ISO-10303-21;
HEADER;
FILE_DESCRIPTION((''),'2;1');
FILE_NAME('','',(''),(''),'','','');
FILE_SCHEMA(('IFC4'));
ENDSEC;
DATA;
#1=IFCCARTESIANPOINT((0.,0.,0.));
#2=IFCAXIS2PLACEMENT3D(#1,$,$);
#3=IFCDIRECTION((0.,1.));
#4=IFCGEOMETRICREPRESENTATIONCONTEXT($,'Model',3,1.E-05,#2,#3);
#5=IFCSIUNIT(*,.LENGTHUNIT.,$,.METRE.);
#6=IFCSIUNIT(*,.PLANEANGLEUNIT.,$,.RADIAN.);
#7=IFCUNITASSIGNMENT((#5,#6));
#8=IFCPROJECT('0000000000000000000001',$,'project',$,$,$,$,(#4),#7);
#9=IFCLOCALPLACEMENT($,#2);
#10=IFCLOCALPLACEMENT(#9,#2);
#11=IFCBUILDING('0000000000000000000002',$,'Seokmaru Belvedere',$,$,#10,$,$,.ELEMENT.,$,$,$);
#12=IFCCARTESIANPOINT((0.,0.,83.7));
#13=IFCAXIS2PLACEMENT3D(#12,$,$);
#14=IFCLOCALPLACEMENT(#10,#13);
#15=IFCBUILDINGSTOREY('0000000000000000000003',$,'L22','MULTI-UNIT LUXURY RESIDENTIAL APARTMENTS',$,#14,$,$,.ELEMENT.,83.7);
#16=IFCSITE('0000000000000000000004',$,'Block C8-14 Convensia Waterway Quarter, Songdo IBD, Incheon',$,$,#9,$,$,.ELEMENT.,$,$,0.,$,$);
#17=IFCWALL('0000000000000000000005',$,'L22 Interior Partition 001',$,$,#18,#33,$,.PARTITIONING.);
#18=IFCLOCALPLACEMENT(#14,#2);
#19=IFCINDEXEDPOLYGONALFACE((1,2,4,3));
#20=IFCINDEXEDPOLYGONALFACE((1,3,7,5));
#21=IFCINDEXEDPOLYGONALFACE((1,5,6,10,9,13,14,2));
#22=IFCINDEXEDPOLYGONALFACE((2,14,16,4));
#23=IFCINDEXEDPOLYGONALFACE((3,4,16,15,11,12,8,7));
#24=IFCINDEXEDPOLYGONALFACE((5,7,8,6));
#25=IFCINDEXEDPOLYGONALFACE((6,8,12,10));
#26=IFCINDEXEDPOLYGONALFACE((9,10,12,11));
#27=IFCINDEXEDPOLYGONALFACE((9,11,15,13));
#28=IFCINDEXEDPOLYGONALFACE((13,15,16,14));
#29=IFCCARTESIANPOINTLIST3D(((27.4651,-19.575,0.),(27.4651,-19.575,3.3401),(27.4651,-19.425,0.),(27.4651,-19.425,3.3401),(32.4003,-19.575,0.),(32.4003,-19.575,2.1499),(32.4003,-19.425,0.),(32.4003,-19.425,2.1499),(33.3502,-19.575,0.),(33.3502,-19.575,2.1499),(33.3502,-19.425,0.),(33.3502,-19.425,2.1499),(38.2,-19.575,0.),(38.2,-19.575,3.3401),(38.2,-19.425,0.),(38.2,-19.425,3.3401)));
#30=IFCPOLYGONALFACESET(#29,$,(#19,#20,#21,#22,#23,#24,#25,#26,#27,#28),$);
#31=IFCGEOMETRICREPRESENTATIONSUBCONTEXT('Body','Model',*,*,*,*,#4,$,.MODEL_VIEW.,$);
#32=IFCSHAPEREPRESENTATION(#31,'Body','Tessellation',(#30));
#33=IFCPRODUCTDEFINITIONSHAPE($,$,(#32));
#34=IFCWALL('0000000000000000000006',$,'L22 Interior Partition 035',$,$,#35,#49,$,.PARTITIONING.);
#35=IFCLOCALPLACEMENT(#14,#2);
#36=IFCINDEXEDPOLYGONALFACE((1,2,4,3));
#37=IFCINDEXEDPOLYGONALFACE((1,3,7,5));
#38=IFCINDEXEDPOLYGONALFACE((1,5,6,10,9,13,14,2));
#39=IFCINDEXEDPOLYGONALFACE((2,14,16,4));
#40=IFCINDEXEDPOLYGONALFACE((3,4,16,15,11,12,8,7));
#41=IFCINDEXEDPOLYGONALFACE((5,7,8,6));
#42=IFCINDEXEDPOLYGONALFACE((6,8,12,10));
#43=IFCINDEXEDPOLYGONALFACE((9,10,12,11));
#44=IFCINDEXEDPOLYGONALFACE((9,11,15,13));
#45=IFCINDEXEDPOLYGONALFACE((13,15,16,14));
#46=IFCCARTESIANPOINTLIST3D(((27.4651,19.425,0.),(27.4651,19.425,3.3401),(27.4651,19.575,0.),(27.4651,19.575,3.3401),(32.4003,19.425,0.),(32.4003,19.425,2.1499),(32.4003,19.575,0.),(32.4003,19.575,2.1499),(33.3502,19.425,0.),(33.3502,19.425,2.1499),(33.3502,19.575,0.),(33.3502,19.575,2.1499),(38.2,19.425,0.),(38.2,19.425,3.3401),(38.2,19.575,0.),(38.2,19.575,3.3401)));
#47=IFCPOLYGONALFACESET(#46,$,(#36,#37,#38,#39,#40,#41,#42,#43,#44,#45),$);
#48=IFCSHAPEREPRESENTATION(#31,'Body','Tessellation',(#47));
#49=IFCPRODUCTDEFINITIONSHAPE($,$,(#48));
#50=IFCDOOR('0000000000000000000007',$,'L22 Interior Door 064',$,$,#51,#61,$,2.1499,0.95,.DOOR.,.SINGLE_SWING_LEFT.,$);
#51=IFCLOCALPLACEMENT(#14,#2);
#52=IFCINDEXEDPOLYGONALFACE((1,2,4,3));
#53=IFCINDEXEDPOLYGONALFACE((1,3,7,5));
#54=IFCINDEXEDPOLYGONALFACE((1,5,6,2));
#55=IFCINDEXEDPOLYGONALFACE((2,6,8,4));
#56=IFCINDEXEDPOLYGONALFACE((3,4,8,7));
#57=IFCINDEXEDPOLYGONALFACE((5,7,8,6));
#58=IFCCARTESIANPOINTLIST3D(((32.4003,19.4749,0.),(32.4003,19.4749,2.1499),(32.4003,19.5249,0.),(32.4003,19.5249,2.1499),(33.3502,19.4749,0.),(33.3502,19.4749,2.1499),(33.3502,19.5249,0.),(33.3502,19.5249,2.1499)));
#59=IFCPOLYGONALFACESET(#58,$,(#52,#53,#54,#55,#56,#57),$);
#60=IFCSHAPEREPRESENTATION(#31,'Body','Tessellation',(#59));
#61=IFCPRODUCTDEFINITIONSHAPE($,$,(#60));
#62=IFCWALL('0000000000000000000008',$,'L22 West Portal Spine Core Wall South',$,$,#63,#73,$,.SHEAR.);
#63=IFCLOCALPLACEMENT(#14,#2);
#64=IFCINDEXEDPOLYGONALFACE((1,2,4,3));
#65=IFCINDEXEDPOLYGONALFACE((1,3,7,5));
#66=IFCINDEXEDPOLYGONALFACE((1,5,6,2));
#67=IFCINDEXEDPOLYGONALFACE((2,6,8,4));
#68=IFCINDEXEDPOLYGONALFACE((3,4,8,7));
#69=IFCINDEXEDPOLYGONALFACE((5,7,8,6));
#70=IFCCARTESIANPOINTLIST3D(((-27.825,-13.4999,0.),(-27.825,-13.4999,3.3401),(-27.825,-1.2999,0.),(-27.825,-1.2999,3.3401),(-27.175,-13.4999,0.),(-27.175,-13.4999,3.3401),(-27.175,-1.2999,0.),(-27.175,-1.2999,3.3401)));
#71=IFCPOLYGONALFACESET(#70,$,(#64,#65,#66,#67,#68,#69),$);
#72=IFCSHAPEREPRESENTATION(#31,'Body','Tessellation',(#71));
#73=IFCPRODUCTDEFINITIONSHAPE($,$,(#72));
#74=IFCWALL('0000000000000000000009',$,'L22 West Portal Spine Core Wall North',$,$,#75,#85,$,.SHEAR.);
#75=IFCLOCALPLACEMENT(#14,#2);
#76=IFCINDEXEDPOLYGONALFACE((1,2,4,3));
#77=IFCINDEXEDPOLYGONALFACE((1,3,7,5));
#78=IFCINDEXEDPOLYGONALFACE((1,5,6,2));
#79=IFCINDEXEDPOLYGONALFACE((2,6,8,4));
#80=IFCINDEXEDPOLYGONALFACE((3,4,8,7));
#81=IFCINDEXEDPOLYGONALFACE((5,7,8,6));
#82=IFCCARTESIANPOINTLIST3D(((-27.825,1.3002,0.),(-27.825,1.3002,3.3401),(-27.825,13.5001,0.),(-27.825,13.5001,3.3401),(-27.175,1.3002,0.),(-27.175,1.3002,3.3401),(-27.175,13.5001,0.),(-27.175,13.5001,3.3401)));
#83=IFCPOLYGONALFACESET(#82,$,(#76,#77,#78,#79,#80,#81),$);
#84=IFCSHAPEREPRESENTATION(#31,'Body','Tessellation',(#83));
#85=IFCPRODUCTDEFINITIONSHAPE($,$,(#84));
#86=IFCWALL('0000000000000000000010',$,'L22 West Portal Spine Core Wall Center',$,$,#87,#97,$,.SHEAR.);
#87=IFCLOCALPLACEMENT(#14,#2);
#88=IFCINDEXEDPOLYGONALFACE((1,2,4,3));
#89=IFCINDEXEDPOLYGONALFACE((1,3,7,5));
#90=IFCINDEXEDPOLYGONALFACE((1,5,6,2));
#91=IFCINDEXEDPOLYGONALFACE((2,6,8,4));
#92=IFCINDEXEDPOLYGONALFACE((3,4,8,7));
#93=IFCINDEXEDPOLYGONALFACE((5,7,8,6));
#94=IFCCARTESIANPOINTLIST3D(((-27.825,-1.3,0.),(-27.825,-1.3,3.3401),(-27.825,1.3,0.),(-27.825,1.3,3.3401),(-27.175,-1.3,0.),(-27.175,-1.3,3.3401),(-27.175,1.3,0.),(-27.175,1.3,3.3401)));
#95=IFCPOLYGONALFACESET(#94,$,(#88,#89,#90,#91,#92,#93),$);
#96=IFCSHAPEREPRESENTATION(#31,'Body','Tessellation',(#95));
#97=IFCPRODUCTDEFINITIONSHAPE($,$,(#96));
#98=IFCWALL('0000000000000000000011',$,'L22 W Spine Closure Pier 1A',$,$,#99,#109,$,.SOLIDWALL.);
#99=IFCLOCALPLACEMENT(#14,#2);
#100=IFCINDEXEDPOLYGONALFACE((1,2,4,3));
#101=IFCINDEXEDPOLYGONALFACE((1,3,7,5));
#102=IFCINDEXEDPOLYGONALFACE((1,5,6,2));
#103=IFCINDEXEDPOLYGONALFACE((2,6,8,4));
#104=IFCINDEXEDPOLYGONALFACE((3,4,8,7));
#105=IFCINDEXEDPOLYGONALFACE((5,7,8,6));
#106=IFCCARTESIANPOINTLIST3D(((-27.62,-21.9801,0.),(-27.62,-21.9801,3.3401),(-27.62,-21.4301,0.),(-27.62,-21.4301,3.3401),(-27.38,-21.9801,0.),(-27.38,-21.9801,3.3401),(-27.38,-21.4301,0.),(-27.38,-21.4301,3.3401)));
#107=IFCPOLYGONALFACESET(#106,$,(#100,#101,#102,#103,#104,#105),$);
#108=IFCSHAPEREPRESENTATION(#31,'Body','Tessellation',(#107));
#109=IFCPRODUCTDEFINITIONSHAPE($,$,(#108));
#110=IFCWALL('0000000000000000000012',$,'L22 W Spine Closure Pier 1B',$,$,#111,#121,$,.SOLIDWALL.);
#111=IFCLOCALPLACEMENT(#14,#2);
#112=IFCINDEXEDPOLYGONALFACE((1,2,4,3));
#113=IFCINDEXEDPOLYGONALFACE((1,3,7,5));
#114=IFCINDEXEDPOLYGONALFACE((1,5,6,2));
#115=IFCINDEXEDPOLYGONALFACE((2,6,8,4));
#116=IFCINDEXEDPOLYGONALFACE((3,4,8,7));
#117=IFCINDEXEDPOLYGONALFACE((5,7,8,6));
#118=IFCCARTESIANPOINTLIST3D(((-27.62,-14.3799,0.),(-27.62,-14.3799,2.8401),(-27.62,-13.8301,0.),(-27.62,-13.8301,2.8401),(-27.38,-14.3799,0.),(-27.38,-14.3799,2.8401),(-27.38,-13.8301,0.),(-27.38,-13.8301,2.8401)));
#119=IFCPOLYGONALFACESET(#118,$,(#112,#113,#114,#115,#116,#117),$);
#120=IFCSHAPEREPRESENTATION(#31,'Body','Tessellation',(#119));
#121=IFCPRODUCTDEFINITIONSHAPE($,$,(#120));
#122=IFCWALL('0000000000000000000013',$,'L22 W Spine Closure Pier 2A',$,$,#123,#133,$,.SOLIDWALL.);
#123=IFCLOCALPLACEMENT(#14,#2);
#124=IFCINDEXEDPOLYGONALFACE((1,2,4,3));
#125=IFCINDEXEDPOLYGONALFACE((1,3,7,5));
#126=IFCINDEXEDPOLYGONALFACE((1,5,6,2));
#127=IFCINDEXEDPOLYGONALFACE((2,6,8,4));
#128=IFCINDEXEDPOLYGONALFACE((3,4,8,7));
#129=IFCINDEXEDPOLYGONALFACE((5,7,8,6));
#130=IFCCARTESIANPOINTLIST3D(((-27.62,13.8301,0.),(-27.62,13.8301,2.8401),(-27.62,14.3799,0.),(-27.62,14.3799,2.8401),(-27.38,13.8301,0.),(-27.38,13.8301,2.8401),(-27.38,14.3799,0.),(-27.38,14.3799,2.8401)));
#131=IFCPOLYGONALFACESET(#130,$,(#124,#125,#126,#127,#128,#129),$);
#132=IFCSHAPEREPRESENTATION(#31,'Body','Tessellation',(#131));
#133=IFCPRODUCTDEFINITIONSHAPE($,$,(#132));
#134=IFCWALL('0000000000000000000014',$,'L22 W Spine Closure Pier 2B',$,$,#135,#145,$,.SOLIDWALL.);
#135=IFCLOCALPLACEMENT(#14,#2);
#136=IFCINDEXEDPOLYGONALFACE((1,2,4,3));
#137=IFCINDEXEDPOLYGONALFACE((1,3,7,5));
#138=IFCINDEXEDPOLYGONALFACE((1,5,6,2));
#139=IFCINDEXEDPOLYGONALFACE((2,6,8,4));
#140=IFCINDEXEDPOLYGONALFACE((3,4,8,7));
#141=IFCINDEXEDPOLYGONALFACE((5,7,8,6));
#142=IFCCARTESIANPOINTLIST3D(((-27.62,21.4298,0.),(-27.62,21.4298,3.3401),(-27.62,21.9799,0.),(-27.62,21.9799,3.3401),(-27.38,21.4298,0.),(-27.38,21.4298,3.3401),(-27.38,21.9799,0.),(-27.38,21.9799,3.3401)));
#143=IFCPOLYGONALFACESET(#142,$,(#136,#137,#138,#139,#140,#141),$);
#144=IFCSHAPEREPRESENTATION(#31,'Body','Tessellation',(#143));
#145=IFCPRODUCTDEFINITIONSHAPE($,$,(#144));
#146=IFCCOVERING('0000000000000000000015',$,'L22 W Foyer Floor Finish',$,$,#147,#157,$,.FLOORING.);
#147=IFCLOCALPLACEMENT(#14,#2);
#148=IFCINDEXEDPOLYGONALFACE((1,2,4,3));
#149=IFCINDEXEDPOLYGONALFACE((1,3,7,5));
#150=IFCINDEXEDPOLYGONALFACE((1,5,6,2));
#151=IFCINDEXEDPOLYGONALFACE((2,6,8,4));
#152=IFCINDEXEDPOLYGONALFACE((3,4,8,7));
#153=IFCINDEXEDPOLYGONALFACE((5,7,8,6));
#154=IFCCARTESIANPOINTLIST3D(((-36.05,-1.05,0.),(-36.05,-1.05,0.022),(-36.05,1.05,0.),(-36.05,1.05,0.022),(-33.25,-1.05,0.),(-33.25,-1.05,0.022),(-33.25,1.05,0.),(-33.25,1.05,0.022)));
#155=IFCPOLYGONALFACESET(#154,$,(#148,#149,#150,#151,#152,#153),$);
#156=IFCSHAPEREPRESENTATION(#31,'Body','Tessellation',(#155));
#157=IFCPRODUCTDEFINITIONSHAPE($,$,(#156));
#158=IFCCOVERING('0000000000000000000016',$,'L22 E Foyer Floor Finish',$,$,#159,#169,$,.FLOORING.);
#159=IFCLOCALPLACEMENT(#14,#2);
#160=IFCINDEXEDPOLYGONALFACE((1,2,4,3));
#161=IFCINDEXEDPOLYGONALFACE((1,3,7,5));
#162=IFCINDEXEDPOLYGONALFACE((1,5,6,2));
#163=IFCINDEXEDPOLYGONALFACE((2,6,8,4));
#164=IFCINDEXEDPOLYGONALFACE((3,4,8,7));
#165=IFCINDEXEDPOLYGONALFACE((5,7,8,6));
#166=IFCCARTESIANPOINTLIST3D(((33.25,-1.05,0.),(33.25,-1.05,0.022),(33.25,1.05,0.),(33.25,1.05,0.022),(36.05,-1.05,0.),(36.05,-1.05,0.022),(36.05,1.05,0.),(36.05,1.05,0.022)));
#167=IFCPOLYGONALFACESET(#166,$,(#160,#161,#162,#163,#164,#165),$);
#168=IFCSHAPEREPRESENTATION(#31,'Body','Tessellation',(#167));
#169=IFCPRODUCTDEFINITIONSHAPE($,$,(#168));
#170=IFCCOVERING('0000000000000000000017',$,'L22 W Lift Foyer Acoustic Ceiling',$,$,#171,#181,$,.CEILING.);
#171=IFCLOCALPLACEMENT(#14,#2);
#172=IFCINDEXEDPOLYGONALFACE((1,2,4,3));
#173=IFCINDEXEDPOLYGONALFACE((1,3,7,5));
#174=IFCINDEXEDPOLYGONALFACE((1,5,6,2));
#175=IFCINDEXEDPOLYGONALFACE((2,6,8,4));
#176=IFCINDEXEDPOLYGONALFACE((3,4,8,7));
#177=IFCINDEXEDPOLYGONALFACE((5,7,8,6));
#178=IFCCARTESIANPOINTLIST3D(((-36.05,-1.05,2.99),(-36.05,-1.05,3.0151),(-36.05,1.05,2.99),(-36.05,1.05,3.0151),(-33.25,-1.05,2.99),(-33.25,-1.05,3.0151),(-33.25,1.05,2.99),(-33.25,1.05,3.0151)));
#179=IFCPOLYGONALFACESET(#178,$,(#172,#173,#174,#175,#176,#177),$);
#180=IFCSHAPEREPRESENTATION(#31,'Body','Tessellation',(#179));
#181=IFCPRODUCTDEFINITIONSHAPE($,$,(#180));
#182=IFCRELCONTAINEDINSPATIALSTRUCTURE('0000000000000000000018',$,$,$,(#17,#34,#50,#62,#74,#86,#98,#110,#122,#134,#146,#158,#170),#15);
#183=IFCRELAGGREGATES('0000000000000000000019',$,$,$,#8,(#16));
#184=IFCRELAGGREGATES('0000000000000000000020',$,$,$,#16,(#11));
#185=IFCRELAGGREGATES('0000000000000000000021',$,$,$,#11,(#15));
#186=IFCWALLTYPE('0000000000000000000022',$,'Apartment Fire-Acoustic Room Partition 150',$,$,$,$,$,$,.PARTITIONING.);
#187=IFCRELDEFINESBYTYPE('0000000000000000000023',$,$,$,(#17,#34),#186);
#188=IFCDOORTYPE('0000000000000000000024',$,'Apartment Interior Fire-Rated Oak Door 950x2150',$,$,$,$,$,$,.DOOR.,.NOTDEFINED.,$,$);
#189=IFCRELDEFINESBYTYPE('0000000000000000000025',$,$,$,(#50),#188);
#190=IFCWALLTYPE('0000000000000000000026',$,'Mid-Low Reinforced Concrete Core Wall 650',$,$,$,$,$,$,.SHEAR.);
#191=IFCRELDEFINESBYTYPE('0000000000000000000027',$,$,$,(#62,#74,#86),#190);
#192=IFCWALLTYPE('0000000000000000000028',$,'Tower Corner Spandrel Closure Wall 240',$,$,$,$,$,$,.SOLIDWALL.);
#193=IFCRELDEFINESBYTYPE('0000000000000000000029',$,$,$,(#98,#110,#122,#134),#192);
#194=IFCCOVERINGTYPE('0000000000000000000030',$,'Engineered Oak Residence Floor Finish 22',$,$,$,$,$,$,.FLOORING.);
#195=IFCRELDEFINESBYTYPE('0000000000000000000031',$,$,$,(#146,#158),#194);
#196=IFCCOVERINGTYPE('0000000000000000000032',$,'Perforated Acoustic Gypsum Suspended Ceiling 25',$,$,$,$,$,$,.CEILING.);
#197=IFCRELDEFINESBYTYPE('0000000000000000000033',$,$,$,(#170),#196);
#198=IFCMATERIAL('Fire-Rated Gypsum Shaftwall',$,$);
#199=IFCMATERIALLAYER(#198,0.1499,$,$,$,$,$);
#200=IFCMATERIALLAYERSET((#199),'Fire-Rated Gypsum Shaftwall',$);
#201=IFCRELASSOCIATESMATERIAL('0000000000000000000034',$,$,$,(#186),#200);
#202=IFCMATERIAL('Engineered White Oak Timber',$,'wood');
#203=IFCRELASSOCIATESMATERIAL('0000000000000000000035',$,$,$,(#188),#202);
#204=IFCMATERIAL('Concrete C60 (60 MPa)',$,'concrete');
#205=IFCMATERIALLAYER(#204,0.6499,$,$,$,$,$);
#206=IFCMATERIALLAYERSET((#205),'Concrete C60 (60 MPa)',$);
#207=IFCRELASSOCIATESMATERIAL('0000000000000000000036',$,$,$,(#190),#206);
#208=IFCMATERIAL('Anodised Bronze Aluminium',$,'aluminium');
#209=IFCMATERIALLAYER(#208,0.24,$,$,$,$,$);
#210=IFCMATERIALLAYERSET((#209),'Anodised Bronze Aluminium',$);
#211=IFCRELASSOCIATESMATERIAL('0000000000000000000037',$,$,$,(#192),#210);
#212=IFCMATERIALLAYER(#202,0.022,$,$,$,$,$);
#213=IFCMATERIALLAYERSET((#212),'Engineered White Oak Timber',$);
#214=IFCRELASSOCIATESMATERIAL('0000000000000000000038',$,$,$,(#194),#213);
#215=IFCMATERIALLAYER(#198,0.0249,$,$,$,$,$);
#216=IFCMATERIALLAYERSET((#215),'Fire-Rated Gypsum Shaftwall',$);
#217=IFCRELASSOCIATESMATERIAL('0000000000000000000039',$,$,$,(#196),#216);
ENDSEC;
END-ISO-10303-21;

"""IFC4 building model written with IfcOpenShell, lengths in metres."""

from ifc_helpers import new_model, si_unit, direction, frame, frame_2d, origin, place, context, subcontext, project, spatial, polyline, rectangle, outline, extrude, source, transform, mapped, material, layer, layer_set, type_object, type_shapes, element, fill, save


model = new_model("IFC4")

# Units and contexts
model_context = context("Model", 3, precision=1e-05, world=origin(), true_north=direction((0.0, 1.0)))
body_context = subcontext(model_context, "Body", "Model", "MODEL_VIEW")
ifc_project = project(units=[si_unit("LENGTHUNIT", "METRE"), si_unit("PLANEANGLEUNIT", "RADIAN")], contexts=[model_context])

# Site, building, storey
site_placement = place(None, origin())
site = spatial("IfcSite", under=ifc_project, at=site_placement, Name="Block C8-14 Convensia Waterway Quarter, Songdo IBD, Incheon", CompositionType="ELEMENT", RefElevation=0.0)
building_placement = place(site_placement, origin())
building = spatial("IfcBuilding", under=site, at=building_placement, Name="Seokmaru Belvedere", CompositionType="ELEMENT")
storey_placement = place(building_placement, frame((0.0, 0.0, 83.7)))
storey = spatial("IfcBuildingStorey", under=building, at=storey_placement, Name="L22", Description="MULTI-UNIT LUXURY RESIDENTIAL APARTMENTS", CompositionType="ELEMENT", Elevation=83.7)

# Shared definitions
ifc_material_1 = material(Name="Anodised Bronze Aluminium", Category="aluminium")

# Wall, opening
ifc_material_2 = material(Name="Fire-Rated Gypsum Shaftwall")
ifc_layer_1 = layer(ifc_material_2, 0.1499)
ifc_layer_set_1 = layer_set([ifc_layer_1], Name="Fire-Rated Gypsum Shaftwall")
wall_type_1 = type_object("IfcWallType", Name="Apartment Fire-Acoustic Room Partition 150", PredefinedType="PARTITIONING", material=ifc_layer_set_1)
wall_1_placement = place(storey_placement, frame((27.4651, -19.5, 0.0), z_axis=(0.0, 0.0, 1.0), x_axis=(1.0, 0.0, 0.0)))
wall_1 = element("IfcWall", 1, at=wall_1_placement, inside=storey, type_object=wall_type_1, Name="L22 Interior Partition 001", PredefinedType="PARTITIONING", context=body_context, shape_type="SweptSolid", body=[
    extrude(rectangle(XDim=10.7349, YDim=0.1499, at=frame_2d((5.3674, 0.0))), origin(), (0.0, 0.0, 1.0), 3.3401),
])
opening_1_placement = place(wall_1_placement, frame((4.9351, 0.0, 0.0)))
element("IfcOpeningElement", 2, at=opening_1_placement, cuts=wall_1, PredefinedType="OPENING", context=body_context, shape_type="SweptSolid", body=[
    extrude(rectangle(XDim=0.95, YDim=2.1499, at=frame_2d((0.4751, 1.075))), frame((0.0, 0.085, 0.0), z_axis=(0.0, -1.0, 0.0), x_axis=(1.0, 0.0, 0.0)), (0.0, 0.0, 1.0), 0.1699),
])

# Wall, opening, door
wall_2_placement = place(storey_placement, frame((27.4651, 19.5, 0.0), z_axis=(0.0, 0.0, 1.0), x_axis=(1.0, 0.0, 0.0)))
wall_2 = element("IfcWall", 3, at=wall_2_placement, inside=storey, type_object=wall_type_1, Name="L22 Interior Partition 035", PredefinedType="PARTITIONING", context=body_context, shape_type="SweptSolid", body=[
    extrude(rectangle(XDim=10.7349, YDim=0.1499, at=frame_2d((5.3674, 0.0))), origin(), (0.0, 0.0, 1.0), 3.3401),
])
opening_2_placement = place(wall_2_placement, frame((4.9351, 0.0, 0.0)))
opening_2 = element("IfcOpeningElement", 4, at=opening_2_placement, cuts=wall_2, PredefinedType="OPENING", context=body_context, shape_type="SweptSolid", body=[
    extrude(rectangle(XDim=0.95, YDim=2.1499, at=frame_2d((0.4751, 1.075))), frame((0.0, 0.085, 0.0), z_axis=(0.0, -1.0, 0.0), x_axis=(1.0, 0.0, 0.0)), (0.0, 0.0, 1.0), 0.1699),
])
ifc_material_3 = material(Name="Engineered White Oak Timber", Category="wood")
door_type = type_object("IfcDoorType", Name="Apartment Interior Fire-Rated Oak Door 950x2150", OperationType="NOTDEFINED", PredefinedType="DOOR", material=ifc_material_3)
shared_shape_1 = source(origin(), body_context, "Body", "SweptSolid", [
    extrude(rectangle(XDim=0.95, YDim=2.1499, at=frame_2d((0.4751, 1.075))), frame((0.0, 0.0249, 0.0), z_axis=(0.0, -1.0, 0.0), x_axis=(1.0, 0.0, 0.0)), (0.0, 0.0, 1.0), 0.05),
])
type_shapes(door_type, [shared_shape_1])
door_placement = place(opening_2_placement, origin())
door = element("IfcDoor", 5, at=door_placement, inside=storey, type_object=door_type, Name="L22 Interior Door 064", OperationType="SINGLE_SWING_LEFT", OverallHeight=2.1499, OverallWidth=0.95, PredefinedType="DOOR", context=body_context, shape_type="MappedRepresentation", body=[
    mapped(shared_shape_1, transform((0.0, 0.0, 0.0), scale=1.0)),
])
fill(opening_2, door)

# Walls
ifc_material_4 = material(Name="Concrete C60 (60 MPa)", Category="concrete")
ifc_layer_2 = layer(ifc_material_4, 0.6499)
ifc_layer_set_2 = layer_set([ifc_layer_2], Name="Concrete C60 (60 MPa)")
wall_type_2 = type_object("IfcWallType", Name="Mid-Low Reinforced Concrete Core Wall 650", PredefinedType="SHEAR", material=ifc_layer_set_2)
for number, where, z_axis, x_axis, name in (
    (6, (-27.5, -13.5, 0.0), (0.0, 0.0, 1.0), (0.0, 1.0, 0.0), "L22 West Portal Spine Core Wall South"),
    (7, (-27.5, 1.3, 0.0), (0.0, 0.0, 1.0), (0.0, 1.0, 0.0), "L22 West Portal Spine Core Wall North"),
):
    element("IfcWall", number, at=place(storey_placement, frame(where, z_axis=z_axis, x_axis=x_axis)), inside=storey, type_object=wall_type_2, Name=name, PredefinedType="SHEAR", context=body_context, shape_type="SweptSolid", body=[
        extrude(rectangle(XDim=12.2, YDim=0.6499, at=frame_2d((6.1001, 0.0))), origin(), (0.0, 0.0, 1.0), 3.3401),
    ])
wall_3_placement = place(storey_placement, frame((-27.5, -1.3, 0.0), z_axis=(0.0, 0.0, 1.0), x_axis=(0.0, 1.0, 0.0)))
element("IfcWall", 8, at=wall_3_placement, inside=storey, type_object=wall_type_2, Name="L22 West Portal Spine Core Wall Center", PredefinedType="SHEAR", context=body_context, shape_type="SweptSolid", body=[
    extrude(rectangle(XDim=2.6001, YDim=0.6499, at=frame_2d((1.3, 0.0))), origin(), (0.0, 0.0, 1.0), 3.3401),
])
ifc_layer_3 = layer(ifc_material_1, 0.24)
ifc_layer_set_3 = layer_set([ifc_layer_3], Name="Anodised Bronze Aluminium")
wall_type_3 = type_object("IfcWallType", Name="Tower Corner Spandrel Closure Wall 240", PredefinedType="SOLIDWALL", material=ifc_layer_set_3)
wall_4_placement = place(storey_placement, frame((-27.5, -21.98, 0.0), z_axis=(0.0, 0.0, 1.0), x_axis=(0.0, 1.0, 0.0)))
element("IfcWall", 9, at=wall_4_placement, inside=storey, type_object=wall_type_3, Name="L22 W Spine Closure Pier 1A", PredefinedType="SOLIDWALL", context=body_context, shape_type="SweptSolid", body=[
    extrude(rectangle(XDim=0.55, YDim=0.24, at=frame_2d((0.2749, 0.0))), origin(), (0.0, 0.0, 1.0), 3.3401),
])
for number, where, z_axis, x_axis, name in (
    (10, (-27.5, -14.3799, 0.0), (0.0, 0.0, 1.0), (0.0, 1.0, 0.0), "L22 W Spine Closure Pier 1B"),
    (11, (-27.5, 13.8301, 0.0), (0.0, 0.0, 1.0), (0.0, 1.0, 0.0), "L22 W Spine Closure Pier 2A"),
):
    element("IfcWall", number, at=place(storey_placement, frame(where, z_axis=z_axis, x_axis=x_axis)), inside=storey, type_object=wall_type_3, Name=name, PredefinedType="SOLIDWALL", context=body_context, shape_type="SweptSolid", body=[
        extrude(rectangle(XDim=0.5498, YDim=0.24, at=frame_2d((0.2749, 0.0))), origin(), (0.0, 0.0, 1.0), 2.8401),
    ])
wall_5_placement = place(storey_placement, frame((-27.5, 21.4299, 0.0), z_axis=(0.0, 0.0, 1.0), x_axis=(0.0, 1.0, 0.0)))
element("IfcWall", 12, at=wall_5_placement, inside=storey, type_object=wall_type_3, Name="L22 W Spine Closure Pier 2B", PredefinedType="SOLIDWALL", context=body_context, shape_type="SweptSolid", body=[
    extrude(rectangle(XDim=0.55, YDim=0.24, at=frame_2d((0.2749, 0.0))), origin(), (0.0, 0.0, 1.0), 3.3401),
])

# Coverings
ifc_layer_4 = layer(ifc_material_3, 0.022)
ifc_layer_set_4 = layer_set([ifc_layer_4], Name="Engineered White Oak Timber")
covering_type_1 = type_object("IfcCoveringType", Name="Engineered Oak Residence Floor Finish 22", PredefinedType="FLOORING", material=ifc_layer_set_4)
covering_1_placement = place(storey_placement, origin())
element("IfcCovering", 13, at=covering_1_placement, inside=storey, type_object=covering_type_1, Name="L22 W Foyer Floor Finish", PredefinedType="FLOORING", context=body_context, shape_type="SweptSolid", body=[
    extrude(outline(polyline([(-36.05, -1.05), (-33.25, -1.05), (-33.25, 1.05), (-36.05, 1.05), (-36.05, -1.05)])), origin(), (0.0, 0.0, 1.0), 0.022),
])
covering_2_placement = place(storey_placement, origin())
element("IfcCovering", 14, at=covering_2_placement, inside=storey, type_object=covering_type_1, Name="L22 E Foyer Floor Finish", PredefinedType="FLOORING", context=body_context, shape_type="SweptSolid", body=[
    extrude(outline(polyline([(33.25, -1.05), (36.05, -1.05), (36.05, 1.05), (33.25, 1.05), (33.25, -1.05)])), origin(), (0.0, 0.0, 1.0), 0.022),
])
ifc_layer_5 = layer(ifc_material_2, 0.0249)
ifc_layer_set_5 = layer_set([ifc_layer_5], Name="Fire-Rated Gypsum Shaftwall")
covering_type_2 = type_object("IfcCoveringType", Name="Perforated Acoustic Gypsum Suspended Ceiling 25", PredefinedType="CEILING", material=ifc_layer_set_5)
covering_3_placement = place(storey_placement, frame((0.0, 0.0, 2.99)))
element("IfcCovering", 15, at=covering_3_placement, inside=storey, type_object=covering_type_2, Name="L22 W Lift Foyer Acoustic Ceiling", PredefinedType="CEILING", context=body_context, shape_type="SweptSolid", body=[
    extrude(outline(polyline([(-36.05, -1.05), (-33.25, -1.05), (-33.25, 1.05), (-36.05, 1.05), (-36.05, -1.05)])), origin(), (0.0, 0.0, 1.0), 0.0251),
])

save(model, "model.ifc")
